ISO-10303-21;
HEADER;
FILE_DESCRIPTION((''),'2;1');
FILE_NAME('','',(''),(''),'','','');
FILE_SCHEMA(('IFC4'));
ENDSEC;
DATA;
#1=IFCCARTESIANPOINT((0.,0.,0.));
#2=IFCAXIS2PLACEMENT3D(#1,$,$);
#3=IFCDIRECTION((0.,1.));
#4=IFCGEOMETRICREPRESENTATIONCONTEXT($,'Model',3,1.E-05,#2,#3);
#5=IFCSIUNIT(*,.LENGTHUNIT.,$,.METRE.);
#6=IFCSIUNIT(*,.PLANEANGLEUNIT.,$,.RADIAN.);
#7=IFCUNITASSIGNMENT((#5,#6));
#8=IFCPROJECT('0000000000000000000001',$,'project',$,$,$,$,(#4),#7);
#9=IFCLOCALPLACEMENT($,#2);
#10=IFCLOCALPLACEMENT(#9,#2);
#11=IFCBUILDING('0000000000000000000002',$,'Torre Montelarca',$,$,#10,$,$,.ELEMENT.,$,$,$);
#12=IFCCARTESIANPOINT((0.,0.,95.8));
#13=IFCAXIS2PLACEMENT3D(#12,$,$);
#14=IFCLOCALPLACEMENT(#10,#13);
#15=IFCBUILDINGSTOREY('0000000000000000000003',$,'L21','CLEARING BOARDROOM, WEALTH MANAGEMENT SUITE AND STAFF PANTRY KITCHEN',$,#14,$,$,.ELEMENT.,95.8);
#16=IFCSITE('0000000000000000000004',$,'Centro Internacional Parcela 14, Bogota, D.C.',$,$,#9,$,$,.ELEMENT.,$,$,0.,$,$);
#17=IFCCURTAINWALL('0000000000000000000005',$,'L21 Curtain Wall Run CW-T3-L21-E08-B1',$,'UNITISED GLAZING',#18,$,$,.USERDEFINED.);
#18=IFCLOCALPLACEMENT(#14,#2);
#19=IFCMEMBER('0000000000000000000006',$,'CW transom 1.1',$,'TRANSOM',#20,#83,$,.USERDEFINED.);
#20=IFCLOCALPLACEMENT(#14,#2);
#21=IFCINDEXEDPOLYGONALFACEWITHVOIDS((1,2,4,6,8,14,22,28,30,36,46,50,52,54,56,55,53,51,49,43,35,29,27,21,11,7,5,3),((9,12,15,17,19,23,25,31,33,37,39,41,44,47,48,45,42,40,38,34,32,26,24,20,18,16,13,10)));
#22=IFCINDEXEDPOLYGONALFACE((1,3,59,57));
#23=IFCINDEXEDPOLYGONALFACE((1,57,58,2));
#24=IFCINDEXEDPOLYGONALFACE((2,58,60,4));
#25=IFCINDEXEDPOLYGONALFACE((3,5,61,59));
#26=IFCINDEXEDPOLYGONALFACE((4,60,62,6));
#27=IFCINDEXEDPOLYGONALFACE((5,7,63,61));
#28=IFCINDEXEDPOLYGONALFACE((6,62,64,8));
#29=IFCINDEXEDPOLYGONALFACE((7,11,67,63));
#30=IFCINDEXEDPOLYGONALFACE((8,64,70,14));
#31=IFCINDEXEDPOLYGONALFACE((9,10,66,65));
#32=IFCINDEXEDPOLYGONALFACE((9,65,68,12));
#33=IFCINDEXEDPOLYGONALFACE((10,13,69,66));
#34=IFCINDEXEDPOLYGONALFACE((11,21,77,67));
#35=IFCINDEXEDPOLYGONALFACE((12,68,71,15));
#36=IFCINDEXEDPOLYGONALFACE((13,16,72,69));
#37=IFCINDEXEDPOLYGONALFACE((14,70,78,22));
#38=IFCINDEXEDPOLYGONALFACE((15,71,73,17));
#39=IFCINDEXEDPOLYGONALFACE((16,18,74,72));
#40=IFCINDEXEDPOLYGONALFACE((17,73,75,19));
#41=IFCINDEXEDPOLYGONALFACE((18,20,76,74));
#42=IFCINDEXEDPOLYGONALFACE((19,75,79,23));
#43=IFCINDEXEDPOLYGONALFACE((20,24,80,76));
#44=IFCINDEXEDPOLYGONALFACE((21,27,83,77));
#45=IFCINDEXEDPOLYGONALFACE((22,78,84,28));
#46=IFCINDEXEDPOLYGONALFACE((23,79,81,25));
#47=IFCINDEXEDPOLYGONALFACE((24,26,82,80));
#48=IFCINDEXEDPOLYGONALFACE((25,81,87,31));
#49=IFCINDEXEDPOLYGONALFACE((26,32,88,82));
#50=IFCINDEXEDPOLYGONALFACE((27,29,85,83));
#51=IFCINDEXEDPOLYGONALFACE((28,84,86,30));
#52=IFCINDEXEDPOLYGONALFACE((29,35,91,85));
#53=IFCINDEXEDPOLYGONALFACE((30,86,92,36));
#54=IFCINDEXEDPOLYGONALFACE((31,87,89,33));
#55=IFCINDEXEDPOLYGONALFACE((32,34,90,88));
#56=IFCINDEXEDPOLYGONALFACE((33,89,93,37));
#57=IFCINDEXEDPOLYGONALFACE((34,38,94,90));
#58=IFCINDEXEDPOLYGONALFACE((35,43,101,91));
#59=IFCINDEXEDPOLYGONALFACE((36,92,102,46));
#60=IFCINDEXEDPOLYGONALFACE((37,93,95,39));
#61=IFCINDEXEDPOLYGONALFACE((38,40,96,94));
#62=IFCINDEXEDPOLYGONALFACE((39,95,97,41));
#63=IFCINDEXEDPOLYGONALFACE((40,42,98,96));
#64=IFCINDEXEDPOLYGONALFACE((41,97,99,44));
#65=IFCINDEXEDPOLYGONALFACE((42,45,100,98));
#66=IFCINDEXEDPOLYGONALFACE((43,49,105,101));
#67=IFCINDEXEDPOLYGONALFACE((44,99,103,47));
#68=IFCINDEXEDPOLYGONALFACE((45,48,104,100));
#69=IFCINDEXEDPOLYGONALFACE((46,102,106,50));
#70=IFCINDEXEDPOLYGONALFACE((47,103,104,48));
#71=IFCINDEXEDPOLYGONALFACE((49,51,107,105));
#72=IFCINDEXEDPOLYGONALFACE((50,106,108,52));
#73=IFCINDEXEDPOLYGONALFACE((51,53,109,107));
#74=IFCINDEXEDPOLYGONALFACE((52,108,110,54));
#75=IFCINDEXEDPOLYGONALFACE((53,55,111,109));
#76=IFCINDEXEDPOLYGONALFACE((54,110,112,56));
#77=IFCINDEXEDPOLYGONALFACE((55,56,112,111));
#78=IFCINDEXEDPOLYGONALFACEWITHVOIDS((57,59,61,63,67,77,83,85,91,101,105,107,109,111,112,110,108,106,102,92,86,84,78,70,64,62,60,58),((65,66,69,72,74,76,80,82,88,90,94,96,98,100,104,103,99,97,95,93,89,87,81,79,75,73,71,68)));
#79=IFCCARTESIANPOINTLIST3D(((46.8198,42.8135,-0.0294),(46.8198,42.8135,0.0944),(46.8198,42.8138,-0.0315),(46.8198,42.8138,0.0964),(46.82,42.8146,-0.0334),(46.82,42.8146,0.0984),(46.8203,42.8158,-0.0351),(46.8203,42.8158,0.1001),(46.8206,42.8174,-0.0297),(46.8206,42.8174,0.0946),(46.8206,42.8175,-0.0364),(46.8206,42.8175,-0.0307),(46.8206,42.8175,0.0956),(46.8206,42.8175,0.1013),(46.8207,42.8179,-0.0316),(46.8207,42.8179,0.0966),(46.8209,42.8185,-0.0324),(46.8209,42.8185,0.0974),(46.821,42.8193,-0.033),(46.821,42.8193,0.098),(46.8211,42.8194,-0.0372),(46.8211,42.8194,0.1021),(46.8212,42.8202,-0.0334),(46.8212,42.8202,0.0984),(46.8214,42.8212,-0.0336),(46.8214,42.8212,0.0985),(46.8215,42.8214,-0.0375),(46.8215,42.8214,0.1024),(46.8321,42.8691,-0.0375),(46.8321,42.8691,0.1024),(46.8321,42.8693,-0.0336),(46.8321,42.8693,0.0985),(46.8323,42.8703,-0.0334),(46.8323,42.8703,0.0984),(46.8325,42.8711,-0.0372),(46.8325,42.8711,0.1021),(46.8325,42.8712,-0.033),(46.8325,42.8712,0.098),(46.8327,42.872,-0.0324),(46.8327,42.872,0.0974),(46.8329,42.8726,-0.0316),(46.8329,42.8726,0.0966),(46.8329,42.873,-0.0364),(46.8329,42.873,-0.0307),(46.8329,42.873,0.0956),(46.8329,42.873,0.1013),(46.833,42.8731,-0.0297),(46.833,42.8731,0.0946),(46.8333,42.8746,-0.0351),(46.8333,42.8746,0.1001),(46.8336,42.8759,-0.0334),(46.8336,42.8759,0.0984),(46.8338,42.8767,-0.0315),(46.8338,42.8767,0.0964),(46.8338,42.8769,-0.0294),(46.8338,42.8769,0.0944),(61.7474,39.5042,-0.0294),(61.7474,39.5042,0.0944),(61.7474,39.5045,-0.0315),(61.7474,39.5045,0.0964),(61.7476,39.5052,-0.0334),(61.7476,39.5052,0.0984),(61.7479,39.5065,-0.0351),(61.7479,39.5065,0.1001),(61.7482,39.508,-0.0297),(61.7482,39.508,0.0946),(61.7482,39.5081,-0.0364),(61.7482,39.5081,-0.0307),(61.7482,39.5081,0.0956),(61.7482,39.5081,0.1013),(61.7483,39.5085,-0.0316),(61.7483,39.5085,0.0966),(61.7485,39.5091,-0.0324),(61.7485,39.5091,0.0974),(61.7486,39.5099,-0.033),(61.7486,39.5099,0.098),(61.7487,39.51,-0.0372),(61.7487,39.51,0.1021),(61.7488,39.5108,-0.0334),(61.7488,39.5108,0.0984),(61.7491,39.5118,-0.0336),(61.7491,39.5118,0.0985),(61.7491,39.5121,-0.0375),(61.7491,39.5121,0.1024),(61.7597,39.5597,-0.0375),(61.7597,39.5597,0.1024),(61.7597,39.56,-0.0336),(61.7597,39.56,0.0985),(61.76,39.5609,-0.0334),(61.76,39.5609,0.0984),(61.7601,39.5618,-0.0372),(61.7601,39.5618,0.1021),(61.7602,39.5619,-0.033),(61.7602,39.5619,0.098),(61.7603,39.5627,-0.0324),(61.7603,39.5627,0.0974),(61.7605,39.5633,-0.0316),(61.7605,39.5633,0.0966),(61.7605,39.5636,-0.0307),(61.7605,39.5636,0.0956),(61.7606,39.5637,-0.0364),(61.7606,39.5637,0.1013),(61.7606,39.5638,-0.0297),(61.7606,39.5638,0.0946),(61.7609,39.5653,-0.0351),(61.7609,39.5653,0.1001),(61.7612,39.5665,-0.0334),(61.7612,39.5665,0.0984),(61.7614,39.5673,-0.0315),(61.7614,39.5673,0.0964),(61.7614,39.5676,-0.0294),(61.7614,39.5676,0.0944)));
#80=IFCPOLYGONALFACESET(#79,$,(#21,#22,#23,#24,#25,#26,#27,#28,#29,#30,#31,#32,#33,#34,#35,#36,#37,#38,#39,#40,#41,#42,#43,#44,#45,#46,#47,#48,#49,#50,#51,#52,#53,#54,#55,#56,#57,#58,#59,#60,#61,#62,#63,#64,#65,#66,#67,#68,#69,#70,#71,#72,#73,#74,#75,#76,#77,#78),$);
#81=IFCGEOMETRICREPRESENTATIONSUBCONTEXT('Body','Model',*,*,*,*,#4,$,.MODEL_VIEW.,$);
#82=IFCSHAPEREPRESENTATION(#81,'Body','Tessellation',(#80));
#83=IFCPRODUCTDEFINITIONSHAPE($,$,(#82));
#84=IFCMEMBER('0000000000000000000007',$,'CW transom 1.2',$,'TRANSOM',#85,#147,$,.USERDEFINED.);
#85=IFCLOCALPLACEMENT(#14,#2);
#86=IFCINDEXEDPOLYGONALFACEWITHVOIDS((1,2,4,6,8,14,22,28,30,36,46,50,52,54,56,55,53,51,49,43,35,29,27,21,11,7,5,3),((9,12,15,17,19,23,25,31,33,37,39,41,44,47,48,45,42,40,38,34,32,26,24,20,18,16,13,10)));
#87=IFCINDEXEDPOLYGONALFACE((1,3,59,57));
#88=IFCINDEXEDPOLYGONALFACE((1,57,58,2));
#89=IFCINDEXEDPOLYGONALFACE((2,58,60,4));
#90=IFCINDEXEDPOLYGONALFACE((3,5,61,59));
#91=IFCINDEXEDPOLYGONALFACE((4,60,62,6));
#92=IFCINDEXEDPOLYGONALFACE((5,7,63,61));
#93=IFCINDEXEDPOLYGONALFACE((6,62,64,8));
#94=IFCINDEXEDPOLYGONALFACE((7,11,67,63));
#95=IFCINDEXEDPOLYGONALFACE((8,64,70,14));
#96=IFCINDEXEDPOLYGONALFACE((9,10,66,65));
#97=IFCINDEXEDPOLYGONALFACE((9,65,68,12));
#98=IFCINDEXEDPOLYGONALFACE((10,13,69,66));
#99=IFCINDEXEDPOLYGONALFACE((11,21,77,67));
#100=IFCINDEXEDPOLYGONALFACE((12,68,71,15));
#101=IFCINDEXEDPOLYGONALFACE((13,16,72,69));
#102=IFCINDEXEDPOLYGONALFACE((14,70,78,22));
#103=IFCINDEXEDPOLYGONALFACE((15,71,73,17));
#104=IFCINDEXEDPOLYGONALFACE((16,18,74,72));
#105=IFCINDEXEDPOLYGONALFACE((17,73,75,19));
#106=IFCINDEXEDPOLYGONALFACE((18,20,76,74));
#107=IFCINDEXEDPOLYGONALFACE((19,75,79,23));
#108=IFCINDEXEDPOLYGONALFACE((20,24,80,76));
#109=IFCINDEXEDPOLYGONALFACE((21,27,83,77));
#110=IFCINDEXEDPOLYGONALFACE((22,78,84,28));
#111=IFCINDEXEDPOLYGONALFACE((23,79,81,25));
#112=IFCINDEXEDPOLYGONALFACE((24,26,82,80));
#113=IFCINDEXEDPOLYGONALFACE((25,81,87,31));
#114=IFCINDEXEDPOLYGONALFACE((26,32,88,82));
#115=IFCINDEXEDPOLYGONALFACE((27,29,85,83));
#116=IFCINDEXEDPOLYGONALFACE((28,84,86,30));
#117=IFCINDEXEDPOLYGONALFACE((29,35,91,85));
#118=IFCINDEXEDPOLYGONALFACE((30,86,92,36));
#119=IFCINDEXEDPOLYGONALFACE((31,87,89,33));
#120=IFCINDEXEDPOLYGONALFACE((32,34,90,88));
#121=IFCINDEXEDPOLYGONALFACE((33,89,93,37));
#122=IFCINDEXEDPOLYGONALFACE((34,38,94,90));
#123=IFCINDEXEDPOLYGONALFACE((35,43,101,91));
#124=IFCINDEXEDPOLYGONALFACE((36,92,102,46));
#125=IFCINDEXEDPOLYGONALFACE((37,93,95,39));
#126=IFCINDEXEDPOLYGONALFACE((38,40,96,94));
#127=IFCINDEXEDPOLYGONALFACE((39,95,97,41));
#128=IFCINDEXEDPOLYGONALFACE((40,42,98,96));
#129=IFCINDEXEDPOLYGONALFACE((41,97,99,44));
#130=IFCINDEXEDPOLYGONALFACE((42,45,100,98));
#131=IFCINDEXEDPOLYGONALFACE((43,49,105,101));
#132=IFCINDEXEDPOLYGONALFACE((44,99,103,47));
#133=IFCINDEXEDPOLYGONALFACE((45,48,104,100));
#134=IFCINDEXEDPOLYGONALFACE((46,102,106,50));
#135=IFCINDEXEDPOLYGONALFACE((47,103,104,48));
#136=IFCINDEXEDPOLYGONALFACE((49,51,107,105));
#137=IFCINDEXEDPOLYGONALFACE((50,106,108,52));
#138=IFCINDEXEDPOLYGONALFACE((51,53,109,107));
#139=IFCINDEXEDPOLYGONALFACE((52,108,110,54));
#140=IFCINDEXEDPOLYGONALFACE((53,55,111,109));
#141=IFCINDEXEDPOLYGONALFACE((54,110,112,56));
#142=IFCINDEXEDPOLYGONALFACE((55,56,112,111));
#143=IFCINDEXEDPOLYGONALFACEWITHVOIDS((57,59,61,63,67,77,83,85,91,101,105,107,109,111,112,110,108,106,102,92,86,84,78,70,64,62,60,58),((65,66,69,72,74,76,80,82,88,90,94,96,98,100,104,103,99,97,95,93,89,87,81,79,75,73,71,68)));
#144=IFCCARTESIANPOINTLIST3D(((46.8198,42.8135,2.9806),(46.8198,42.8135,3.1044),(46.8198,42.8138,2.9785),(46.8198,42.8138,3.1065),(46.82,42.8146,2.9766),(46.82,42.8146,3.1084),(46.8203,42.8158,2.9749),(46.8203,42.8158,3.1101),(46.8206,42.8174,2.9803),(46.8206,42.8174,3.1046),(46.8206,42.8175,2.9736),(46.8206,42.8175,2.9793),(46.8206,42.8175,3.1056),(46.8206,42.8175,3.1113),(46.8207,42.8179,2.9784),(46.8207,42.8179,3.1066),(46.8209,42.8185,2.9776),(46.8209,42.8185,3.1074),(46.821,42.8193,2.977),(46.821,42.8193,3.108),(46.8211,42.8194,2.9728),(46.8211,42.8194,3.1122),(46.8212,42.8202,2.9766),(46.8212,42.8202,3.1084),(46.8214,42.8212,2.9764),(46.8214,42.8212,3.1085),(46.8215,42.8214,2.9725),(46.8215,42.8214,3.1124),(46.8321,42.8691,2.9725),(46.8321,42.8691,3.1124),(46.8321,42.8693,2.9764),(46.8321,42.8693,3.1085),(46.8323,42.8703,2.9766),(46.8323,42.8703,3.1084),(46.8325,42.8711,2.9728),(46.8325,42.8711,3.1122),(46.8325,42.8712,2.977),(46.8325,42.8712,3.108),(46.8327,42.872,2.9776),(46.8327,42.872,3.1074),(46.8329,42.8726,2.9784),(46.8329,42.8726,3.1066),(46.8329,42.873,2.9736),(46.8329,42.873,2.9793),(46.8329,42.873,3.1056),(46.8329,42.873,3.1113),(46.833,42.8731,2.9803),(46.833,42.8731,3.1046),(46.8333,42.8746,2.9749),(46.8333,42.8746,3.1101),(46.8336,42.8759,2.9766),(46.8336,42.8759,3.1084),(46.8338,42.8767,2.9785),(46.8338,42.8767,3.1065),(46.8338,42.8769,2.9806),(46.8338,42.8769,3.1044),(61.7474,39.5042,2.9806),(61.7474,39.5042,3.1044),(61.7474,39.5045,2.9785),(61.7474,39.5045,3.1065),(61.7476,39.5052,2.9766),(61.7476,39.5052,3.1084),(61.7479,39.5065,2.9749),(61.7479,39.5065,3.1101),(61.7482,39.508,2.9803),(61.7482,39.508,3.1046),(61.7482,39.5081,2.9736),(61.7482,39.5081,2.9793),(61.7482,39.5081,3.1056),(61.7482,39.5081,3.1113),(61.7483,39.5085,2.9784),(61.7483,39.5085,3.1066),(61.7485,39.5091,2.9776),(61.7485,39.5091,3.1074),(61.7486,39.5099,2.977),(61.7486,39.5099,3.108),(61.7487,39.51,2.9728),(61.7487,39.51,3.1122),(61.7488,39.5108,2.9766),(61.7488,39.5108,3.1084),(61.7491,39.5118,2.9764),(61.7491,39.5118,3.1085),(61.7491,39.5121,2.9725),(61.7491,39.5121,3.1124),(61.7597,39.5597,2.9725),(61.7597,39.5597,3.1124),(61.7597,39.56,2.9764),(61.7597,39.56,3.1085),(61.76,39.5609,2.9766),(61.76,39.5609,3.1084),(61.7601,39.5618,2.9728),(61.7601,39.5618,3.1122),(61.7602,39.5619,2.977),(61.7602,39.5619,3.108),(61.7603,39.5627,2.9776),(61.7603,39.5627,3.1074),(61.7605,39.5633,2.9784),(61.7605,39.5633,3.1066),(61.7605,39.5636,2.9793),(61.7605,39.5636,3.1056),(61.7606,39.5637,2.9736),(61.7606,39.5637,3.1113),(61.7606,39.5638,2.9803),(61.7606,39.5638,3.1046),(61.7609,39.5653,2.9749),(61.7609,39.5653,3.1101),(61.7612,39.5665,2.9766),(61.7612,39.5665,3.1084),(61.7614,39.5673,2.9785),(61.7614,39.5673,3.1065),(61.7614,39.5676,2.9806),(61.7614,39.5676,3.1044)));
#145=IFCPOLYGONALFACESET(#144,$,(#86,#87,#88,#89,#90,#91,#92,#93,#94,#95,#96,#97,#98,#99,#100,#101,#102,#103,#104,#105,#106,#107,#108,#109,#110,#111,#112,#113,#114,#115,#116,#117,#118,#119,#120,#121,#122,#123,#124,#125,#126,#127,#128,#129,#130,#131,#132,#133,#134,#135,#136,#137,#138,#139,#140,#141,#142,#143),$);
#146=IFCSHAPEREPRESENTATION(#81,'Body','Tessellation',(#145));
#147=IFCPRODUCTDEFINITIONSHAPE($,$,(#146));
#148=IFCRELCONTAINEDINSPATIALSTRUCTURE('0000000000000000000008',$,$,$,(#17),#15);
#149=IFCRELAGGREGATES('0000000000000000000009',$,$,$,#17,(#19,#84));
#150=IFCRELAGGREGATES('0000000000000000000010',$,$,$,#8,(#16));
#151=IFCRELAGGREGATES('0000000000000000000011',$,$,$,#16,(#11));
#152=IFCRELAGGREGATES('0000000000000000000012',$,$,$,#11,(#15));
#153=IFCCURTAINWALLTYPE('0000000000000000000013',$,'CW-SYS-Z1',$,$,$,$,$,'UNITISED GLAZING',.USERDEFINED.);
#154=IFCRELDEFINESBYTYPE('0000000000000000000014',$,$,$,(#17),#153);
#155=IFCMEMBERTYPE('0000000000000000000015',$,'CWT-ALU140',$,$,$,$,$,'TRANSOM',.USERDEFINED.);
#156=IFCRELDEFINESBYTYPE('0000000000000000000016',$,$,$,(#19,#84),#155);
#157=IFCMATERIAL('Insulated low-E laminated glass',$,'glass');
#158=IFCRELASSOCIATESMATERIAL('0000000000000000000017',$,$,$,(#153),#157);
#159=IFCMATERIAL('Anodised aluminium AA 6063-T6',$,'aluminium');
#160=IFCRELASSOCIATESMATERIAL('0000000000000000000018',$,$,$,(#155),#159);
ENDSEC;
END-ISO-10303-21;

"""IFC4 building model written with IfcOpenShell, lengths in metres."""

from ifc_helpers import new_model, si_unit, direction, frame, origin, origin_2d, place, context, subcontext, project, spatial, hollow_rectangle, extrude, source, transform, mapped, material, material_profile, profile_set, type_object, element, aggregate, save


model = new_model("IFC4")

# Units and contexts
model_context = context("Model", 3, precision=1e-05, world=origin(), true_north=direction((0.0, 1.0)))
body_context = subcontext(model_context, "Body", "Model", "MODEL_VIEW")
ifc_project = project(units=[si_unit("LENGTHUNIT", "METRE"), si_unit("PLANEANGLEUNIT", "RADIAN")], contexts=[model_context])

# Site, building, storey
site_placement = place(None, origin())
site = spatial("IfcSite", under=ifc_project, at=site_placement, Name="Centro Internacional Parcela 14, Bogota, D.C.", CompositionType="ELEMENT", RefElevation=0.0)
building_placement = place(site_placement, origin())
building = spatial("IfcBuilding", under=site, at=building_placement, Name="Torre Montelarca", CompositionType="ELEMENT")
storey_placement = place(building_placement, frame((0.0, 0.0, 95.8)))
storey = spatial("IfcBuildingStorey", under=building, at=storey_placement, Name="L21", Description="CLEARING BOARDROOM, WEALTH MANAGEMENT SUITE AND STAFF PANTRY KITCHEN", CompositionType="ELEMENT", Elevation=95.8)

# Shared definitions
ifc_material_1 = material(Name="Insulated low-E laminated glass", Category="glass")
curtain_wall_type = type_object("IfcCurtainWallType", Name="CW-SYS-Z1", ElementType="UNITISED GLAZING", PredefinedType="USERDEFINED", material=ifc_material_1)
ifc_material_2 = material(Name="Anodised aluminium AA 6063-T6", Category="aluminium")
ifc_material_profile_1 = material_profile(ifc_material_2, hollow_rectangle(XDim=0.0649, YDim=0.1399, WallThickness=0.0039, InnerFilletRadius=0.0039, OuterFilletRadius=0.0081, at=origin_2d()), Name="ALU65X140X4", Category="aluminium")
ifc_profile_set_1 = profile_set([ifc_material_profile_1], Name="Anodised aluminium AA 6063-T6")
member_type_1 = type_object("IfcMemberType", Name="CWT-ALU140", ElementType="TRANSOM", PredefinedType="USERDEFINED", material=ifc_profile_set_1)

# Curtain wall, members
curtain_wall_1_placement = place(storey_placement, origin())
curtain_wall_1 = element("IfcCurtainWall", 1, at=curtain_wall_1_placement, inside=storey, type_object=curtain_wall_type, Name="L21 Curtain Wall Run CW-T3-L21-E08-B1", ObjectType="UNITISED GLAZING", PredefinedType="USERDEFINED")
shared_shape_1 = source(origin(), body_context, "Body", "SweptSolid", [
    extrude(hollow_rectangle(XDim=0.0649, YDim=0.1399, WallThickness=0.0039, InnerFilletRadius=0.0039, OuterFilletRadius=0.0081, at=origin_2d()), origin(), (0.0, 0.0, 1.0), 15.29),
])
member_1_placement = place(storey_placement, frame((61.7544, 39.5359, 0.0325), z_axis=(-0.976296, 0.216438, 0.0), x_axis=(-0.216438, -0.976296, 0.0)))
member_1 = element("IfcMember", 2, at=member_1_placement, type_object=member_type_1, Name="CW transom 1.1", ObjectType="TRANSOM", PredefinedType="USERDEFINED", context=body_context, shape_type="MappedRepresentation", body=[
    mapped(shared_shape_1, transform((0.0, 0.0, 0.0), scale=1.0)),
])
member_2_placement = place(storey_placement, frame((61.7544, 39.5359, 3.0425), z_axis=(-0.976296, 0.216438, 0.0), x_axis=(-0.216438, -0.976296, 0.0)))
member_2 = element("IfcMember", 3, at=member_2_placement, type_object=member_type_1, Name="CW transom 1.2", ObjectType="TRANSOM", PredefinedType="USERDEFINED", context=body_context, shape_type="MappedRepresentation", body=[
    mapped(shared_shape_1, transform((0.0, 0.0, 0.0), scale=1.0)),
])

aggregate(curtain_wall_1, [member_1, member_2])

save(model, "model.ifc")
